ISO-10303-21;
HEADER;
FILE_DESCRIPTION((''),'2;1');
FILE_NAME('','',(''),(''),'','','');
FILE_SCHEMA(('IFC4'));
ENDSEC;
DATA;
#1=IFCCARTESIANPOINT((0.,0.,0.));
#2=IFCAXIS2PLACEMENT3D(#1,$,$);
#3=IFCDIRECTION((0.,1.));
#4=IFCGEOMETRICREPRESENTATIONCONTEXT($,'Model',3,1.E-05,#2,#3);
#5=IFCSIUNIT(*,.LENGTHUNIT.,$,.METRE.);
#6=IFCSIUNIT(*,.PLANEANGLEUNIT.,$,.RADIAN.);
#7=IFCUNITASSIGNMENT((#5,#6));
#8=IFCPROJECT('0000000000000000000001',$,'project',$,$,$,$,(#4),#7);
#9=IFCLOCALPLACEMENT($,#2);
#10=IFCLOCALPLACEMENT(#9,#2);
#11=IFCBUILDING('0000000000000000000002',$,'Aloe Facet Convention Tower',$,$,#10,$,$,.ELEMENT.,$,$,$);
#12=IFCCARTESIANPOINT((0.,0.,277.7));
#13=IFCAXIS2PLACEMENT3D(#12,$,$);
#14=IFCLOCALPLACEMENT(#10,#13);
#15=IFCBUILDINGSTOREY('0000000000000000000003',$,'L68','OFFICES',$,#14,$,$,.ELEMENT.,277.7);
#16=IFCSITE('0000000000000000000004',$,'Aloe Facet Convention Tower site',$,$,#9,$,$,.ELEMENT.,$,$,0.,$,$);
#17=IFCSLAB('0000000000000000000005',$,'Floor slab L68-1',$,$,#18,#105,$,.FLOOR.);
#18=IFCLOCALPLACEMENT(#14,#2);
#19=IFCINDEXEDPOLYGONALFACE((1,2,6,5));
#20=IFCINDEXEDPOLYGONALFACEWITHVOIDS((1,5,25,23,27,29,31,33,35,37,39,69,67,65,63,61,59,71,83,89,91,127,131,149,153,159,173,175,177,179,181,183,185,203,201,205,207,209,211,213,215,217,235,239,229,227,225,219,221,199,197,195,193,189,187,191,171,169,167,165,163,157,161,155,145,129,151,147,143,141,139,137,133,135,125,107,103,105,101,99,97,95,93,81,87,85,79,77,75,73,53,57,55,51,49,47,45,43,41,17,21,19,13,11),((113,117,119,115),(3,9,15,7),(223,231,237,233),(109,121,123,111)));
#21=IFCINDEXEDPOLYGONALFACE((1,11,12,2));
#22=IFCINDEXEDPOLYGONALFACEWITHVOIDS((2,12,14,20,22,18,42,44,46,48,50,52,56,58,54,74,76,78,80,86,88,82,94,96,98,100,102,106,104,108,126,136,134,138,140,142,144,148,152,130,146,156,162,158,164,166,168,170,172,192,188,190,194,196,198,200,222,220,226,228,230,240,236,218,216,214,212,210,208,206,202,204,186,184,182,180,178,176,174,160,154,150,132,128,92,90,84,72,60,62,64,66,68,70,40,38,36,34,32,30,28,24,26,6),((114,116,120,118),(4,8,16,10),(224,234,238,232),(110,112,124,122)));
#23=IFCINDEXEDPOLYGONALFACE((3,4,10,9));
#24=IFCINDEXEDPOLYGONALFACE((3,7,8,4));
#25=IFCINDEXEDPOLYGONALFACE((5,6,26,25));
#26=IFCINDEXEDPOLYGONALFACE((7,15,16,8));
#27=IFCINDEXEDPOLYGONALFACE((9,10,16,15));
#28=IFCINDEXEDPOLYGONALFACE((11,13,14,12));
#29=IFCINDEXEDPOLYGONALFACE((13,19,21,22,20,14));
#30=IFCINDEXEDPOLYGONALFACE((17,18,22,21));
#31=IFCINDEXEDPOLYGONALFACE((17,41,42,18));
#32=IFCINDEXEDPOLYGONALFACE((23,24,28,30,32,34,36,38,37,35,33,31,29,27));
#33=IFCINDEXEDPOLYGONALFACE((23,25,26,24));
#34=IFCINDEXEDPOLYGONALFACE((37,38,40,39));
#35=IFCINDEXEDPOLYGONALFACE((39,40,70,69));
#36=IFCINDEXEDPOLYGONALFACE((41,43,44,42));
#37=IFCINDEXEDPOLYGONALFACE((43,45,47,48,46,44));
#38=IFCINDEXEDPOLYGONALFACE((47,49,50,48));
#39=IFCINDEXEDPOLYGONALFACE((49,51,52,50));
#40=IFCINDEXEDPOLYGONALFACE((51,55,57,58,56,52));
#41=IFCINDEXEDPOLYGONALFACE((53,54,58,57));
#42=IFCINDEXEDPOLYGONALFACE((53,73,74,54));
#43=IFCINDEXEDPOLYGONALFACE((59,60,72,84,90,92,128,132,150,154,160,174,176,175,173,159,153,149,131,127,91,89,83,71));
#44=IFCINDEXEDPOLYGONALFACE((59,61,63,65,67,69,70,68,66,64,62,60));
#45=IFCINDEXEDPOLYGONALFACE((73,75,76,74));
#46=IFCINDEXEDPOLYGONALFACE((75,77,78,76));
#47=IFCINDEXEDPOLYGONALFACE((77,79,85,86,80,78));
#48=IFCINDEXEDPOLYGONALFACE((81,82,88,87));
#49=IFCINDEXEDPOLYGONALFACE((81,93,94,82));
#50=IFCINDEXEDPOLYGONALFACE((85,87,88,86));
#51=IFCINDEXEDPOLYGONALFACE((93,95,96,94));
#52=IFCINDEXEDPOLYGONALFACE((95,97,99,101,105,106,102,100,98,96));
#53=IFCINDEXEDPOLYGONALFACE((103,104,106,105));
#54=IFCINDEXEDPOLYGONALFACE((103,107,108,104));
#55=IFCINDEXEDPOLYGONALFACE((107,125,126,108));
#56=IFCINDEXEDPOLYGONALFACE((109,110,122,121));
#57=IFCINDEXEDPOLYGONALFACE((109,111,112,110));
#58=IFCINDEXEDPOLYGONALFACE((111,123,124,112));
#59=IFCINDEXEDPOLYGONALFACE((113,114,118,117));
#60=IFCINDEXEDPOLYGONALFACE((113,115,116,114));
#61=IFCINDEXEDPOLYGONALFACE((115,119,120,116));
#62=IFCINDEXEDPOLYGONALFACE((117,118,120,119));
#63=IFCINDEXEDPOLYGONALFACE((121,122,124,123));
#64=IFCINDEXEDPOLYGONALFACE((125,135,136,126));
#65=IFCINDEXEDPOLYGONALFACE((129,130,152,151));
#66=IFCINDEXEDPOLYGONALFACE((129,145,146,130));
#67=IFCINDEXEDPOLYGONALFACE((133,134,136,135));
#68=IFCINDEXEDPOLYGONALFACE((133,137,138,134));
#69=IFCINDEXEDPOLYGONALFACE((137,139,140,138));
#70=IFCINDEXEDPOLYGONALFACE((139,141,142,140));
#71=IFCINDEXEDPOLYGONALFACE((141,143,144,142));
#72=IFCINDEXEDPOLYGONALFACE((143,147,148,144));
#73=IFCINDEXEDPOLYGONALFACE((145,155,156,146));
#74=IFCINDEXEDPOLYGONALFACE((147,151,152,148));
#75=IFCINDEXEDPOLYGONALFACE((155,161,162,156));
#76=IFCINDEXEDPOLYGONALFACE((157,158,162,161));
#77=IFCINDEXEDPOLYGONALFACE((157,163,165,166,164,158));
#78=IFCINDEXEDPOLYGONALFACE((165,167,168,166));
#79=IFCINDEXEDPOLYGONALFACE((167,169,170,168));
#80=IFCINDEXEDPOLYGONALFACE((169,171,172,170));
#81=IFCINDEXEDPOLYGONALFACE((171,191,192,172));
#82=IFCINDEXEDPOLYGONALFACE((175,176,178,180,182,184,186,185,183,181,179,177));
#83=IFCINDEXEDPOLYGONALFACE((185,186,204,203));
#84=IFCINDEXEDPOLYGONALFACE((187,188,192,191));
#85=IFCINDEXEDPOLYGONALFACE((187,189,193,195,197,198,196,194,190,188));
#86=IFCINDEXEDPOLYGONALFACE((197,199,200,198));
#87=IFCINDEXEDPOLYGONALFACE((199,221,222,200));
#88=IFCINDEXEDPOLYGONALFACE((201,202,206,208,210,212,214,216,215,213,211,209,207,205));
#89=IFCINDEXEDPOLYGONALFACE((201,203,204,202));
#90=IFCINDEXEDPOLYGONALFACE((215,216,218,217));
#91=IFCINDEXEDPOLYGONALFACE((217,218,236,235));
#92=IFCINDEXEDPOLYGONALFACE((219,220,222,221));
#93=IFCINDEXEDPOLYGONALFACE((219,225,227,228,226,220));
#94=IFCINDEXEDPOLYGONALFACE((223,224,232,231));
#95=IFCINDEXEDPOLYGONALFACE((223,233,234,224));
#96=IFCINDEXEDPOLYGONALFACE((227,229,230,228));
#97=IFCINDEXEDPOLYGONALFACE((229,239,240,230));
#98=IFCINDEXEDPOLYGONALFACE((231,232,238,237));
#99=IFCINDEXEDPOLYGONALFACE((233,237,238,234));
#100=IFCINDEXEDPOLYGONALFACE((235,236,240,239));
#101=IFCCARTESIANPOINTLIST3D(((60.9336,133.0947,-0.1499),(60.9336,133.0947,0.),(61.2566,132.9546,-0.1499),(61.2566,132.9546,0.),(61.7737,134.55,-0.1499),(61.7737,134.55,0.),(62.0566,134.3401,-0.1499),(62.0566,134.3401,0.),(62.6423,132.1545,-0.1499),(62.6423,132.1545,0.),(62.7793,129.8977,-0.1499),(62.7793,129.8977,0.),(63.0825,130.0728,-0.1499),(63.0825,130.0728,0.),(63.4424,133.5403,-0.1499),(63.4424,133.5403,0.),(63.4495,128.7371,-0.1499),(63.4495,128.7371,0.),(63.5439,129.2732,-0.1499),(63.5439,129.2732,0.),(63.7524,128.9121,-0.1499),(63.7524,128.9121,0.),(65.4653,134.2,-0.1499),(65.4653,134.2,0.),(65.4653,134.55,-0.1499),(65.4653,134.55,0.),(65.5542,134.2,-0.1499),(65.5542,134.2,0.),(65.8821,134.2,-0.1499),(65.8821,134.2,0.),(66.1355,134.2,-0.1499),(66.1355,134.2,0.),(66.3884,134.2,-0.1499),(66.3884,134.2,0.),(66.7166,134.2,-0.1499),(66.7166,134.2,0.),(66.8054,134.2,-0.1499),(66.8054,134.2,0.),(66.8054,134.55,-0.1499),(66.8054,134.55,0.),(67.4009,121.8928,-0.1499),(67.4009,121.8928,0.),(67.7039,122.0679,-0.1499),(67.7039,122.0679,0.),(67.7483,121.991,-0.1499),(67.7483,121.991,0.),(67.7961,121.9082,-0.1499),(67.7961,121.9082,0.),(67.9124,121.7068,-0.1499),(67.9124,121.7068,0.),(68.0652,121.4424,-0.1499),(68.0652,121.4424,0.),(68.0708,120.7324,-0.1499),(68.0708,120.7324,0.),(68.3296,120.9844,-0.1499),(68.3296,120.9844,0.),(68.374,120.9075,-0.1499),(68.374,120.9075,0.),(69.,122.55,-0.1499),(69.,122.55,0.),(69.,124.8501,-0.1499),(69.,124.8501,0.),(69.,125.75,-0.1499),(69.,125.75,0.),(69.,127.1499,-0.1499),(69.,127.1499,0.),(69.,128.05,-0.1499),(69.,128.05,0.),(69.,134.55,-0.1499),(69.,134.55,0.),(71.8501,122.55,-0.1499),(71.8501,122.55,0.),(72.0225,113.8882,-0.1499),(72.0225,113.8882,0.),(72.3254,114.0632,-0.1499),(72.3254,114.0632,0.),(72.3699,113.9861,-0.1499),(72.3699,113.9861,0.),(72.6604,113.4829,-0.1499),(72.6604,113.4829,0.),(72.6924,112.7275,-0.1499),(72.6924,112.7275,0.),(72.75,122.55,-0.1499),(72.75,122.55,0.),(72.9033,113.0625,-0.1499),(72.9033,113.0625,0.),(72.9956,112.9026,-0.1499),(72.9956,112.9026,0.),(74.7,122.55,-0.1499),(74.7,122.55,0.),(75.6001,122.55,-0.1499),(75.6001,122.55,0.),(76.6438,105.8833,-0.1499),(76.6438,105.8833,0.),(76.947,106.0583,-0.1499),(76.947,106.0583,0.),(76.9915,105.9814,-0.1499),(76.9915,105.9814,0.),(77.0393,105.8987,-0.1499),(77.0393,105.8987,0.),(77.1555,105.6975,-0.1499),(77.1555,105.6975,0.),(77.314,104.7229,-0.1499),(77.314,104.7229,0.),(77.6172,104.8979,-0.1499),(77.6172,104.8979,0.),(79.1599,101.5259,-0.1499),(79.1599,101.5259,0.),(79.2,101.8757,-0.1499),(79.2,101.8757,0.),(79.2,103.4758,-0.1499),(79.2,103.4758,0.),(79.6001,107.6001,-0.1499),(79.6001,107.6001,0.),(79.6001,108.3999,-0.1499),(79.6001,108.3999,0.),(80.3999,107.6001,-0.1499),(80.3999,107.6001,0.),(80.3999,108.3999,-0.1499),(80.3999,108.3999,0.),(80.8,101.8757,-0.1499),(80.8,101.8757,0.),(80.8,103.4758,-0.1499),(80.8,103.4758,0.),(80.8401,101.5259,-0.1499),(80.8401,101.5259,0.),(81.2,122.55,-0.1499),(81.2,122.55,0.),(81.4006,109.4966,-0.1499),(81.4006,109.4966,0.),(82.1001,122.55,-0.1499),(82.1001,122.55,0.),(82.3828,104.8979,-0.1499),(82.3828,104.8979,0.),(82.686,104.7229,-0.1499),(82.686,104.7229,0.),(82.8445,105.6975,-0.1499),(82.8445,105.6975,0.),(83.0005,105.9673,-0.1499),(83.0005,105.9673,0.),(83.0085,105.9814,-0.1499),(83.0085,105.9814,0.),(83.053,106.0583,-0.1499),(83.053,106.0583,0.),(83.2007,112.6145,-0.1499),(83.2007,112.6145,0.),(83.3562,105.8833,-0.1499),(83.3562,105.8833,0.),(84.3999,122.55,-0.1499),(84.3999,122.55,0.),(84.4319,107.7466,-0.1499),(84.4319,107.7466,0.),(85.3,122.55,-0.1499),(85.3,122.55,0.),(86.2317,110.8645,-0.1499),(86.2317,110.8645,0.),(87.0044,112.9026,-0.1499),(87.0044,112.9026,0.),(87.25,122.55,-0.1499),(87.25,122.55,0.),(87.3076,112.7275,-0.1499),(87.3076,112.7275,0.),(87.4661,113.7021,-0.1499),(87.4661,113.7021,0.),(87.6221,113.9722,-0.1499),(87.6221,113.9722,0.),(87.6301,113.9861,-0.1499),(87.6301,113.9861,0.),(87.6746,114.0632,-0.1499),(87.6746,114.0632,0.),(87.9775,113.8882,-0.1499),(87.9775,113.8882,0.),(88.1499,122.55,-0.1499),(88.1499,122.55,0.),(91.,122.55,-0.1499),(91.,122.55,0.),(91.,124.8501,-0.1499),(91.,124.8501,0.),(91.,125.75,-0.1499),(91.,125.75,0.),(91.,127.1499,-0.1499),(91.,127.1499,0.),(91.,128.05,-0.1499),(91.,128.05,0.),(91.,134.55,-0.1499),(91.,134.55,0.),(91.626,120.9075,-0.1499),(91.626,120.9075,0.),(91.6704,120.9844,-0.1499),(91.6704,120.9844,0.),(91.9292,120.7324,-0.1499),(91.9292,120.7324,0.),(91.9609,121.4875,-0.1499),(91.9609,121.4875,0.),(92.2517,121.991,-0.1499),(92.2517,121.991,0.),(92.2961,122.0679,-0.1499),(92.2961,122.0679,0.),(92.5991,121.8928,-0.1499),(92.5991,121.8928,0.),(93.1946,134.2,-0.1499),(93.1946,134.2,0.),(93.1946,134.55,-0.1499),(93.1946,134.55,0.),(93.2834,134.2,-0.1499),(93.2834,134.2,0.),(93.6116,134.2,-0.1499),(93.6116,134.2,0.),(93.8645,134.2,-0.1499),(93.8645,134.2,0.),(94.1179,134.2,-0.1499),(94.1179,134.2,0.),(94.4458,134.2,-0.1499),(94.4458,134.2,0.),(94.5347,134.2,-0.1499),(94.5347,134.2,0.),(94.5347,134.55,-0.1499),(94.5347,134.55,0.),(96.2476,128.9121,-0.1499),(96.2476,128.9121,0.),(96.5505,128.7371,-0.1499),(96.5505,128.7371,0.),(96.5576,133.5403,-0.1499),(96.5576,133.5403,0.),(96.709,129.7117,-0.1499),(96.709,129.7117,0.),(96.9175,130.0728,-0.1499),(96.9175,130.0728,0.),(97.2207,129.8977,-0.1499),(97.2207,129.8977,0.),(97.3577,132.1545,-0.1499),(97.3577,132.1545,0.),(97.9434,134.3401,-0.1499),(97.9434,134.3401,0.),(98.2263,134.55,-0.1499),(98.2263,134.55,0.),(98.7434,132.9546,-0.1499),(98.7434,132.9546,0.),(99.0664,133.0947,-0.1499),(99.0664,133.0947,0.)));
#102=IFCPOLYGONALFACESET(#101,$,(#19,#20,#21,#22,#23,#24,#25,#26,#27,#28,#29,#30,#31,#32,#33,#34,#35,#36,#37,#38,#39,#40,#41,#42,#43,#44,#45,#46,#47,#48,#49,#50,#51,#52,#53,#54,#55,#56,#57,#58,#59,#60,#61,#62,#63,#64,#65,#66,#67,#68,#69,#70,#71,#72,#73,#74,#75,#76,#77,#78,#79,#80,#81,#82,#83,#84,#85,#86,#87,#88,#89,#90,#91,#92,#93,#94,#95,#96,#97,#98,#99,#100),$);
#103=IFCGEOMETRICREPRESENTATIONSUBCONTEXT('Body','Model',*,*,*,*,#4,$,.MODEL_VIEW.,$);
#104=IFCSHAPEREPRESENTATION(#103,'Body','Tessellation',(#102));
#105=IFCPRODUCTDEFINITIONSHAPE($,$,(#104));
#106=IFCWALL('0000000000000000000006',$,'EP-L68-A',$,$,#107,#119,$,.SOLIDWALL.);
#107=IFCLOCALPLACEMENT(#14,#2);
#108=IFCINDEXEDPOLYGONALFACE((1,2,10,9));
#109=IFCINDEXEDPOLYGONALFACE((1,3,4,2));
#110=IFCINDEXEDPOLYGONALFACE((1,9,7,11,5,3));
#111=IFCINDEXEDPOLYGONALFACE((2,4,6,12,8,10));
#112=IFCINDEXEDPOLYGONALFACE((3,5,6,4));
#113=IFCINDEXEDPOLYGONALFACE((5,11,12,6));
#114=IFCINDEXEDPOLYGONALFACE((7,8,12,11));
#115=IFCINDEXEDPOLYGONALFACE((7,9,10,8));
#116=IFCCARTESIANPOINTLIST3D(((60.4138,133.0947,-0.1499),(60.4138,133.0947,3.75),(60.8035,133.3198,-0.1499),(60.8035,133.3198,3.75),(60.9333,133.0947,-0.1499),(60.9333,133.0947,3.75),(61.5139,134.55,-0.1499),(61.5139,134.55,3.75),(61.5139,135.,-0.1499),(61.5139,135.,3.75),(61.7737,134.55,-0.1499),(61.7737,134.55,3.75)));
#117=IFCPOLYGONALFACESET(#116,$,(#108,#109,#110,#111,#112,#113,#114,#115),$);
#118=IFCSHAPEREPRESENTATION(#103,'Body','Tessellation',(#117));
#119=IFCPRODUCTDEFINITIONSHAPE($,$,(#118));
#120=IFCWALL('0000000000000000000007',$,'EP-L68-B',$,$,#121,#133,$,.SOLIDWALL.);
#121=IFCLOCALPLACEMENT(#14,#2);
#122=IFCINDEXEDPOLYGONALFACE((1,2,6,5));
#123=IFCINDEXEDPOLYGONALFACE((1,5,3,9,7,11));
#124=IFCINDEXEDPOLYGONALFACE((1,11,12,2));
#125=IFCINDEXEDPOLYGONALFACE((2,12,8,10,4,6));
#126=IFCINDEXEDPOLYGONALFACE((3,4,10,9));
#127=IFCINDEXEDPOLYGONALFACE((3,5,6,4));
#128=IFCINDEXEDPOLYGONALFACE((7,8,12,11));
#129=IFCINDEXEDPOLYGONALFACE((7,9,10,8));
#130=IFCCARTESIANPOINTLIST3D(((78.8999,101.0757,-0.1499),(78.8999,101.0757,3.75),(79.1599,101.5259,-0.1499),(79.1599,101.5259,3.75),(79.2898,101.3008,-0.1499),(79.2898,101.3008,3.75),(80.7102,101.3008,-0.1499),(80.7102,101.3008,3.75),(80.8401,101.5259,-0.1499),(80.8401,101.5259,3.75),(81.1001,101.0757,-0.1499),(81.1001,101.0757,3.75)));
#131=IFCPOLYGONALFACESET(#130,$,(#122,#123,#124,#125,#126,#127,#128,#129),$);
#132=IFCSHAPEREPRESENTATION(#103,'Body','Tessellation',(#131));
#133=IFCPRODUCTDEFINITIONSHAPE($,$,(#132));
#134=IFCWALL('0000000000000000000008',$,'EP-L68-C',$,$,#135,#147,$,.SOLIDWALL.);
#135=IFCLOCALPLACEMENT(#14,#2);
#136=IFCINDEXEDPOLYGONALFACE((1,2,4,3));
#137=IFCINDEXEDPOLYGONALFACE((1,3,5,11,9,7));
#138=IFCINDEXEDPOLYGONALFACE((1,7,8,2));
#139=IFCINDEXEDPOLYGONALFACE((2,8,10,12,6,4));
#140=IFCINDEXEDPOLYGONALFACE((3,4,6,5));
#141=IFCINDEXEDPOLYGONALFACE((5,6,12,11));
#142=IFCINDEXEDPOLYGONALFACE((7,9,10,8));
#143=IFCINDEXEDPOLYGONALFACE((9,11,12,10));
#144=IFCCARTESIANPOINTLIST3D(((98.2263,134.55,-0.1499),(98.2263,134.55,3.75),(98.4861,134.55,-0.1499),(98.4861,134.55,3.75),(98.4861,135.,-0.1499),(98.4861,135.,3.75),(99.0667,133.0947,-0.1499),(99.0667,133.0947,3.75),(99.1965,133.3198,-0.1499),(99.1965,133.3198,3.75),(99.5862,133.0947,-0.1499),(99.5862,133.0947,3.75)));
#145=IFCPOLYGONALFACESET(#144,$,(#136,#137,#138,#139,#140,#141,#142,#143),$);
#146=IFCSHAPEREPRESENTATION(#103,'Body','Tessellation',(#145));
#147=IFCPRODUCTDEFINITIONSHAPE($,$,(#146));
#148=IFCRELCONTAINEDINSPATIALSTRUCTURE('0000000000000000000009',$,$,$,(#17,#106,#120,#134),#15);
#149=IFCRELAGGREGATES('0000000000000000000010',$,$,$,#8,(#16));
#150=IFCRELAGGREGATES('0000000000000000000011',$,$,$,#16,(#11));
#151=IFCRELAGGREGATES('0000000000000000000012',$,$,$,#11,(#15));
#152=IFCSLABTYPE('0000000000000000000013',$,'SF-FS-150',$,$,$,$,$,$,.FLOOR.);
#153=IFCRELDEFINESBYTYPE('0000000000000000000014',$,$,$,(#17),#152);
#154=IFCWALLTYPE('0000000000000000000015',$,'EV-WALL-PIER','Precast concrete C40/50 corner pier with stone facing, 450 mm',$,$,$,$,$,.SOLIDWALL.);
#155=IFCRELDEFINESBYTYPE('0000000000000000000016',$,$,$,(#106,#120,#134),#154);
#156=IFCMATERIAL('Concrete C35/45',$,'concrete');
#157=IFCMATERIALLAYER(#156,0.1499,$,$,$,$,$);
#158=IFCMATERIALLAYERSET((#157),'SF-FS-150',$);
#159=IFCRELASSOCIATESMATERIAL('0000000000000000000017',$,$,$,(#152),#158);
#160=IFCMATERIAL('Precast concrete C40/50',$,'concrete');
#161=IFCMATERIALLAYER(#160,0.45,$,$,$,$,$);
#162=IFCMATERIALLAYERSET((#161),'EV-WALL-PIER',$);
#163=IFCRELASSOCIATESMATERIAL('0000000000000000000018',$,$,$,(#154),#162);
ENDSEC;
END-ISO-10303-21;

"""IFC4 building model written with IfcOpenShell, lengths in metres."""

from ifc_helpers import new_model, si_unit, direction, frame, origin, place, context, subcontext, project, spatial, polyline, outline, extrude, material, layer, layer_set, type_object, element, save


model = new_model("IFC4")

# Units and contexts
model_context = context("Model", 3, precision=1e-05, world=origin(), true_north=direction((0.0, 1.0)))
body_context = subcontext(model_context, "Body", "Model", "MODEL_VIEW")
ifc_project = project(units=[si_unit("LENGTHUNIT", "METRE"), si_unit("PLANEANGLEUNIT", "RADIAN")], contexts=[model_context])

# Site, building, storey
site_placement = place(None, origin())
site = spatial("IfcSite", under=ifc_project, at=site_placement, Name="Aloe Facet Convention Tower site", CompositionType="ELEMENT", RefElevation=0.0)
building_placement = place(site_placement, origin())
building = spatial("IfcBuilding", under=site, at=building_placement, Name="Aloe Facet Convention Tower", CompositionType="ELEMENT")
storey_placement = place(building_placement, frame((0.0, 0.0, 277.7)))
storey = spatial("IfcBuildingStorey", under=building, at=storey_placement, Name="L68", Description="OFFICES", CompositionType="ELEMENT", Elevation=277.7)

# Slab
ifc_material_1 = material(Name="Concrete C35/45", Category="concrete")
ifc_layer_1 = layer(ifc_material_1, 0.1499)
ifc_layer_set_1 = layer_set([ifc_layer_1], Name="SF-FS-150")
slab_type_1 = type_object("IfcSlabType", Name="SF-FS-150", PredefinedType="FLOOR", material=ifc_layer_set_1)
slab_1_placement = place(storey_placement, frame((0.0, 0.0, -0.1499)))
element("IfcSlab", 1, at=slab_1_placement, inside=storey, type_object=slab_type_1, Name="Floor slab L68-1", PredefinedType="FLOOR", context=body_context, shape_type="SweptSolid", body=[
    extrude(outline(polyline([(83.3562, 105.8833), (83.053, 106.0583), (83.0085, 105.9814), (83.0005, 105.9673), (82.8445, 105.6975), (82.3828, 104.8979), (82.686, 104.7229), (80.8401, 101.5259), (79.1599, 101.5259), (77.314, 104.7229), (77.6172, 104.8979), (77.1555, 105.6975), (77.0393, 105.8987), (76.9915, 105.9814), (76.947, 106.0583), (76.6438, 105.8833), (72.6924, 112.7275), (72.9956, 112.9026), (72.9033, 113.0625), (72.6604, 113.4829), (72.3699, 113.9861), (72.3254, 114.0632), (72.0225, 113.8882), (68.0708, 120.7324), (68.374, 120.9075), (68.3296, 120.9844), (68.3296, 120.9844), (68.0652, 121.4424), (67.9124, 121.7068), (67.7961, 121.9082), (67.7483, 121.991), (67.7039, 122.0679), (67.4009, 121.8928), (63.4495, 128.7371), (63.7524, 128.9121), (63.5439, 129.2732), (63.0825, 130.0728), (62.7793, 129.8977), (60.9336, 133.0947), (61.7737, 134.55), (65.4653, 134.55), (65.4653, 134.2), (65.5542, 134.2), (65.8821, 134.2), (66.1355, 134.2), (66.3884, 134.2), (66.7166, 134.2), (66.8054, 134.2), (66.8054, 134.55), (69.0, 134.55), (69.0, 128.05), (69.0, 127.1499), (69.0, 125.75), (69.0, 124.8501), (69.0, 122.55), (71.8501, 122.55), (72.75, 122.55), (74.7, 122.55), (75.6001, 122.55), (81.2, 122.55), (82.1001, 122.55), (84.3999, 122.55), (85.3, 122.55), (87.25, 122.55), (88.1499, 122.55), (91.0, 122.55), (91.0, 124.8501), (91.0, 125.75), (91.0, 127.1499), (91.0, 128.05), (91.0, 134.55), (93.1946, 134.55), (93.1946, 134.2), (93.2834, 134.2), (93.6116, 134.2), (93.8645, 134.2), (94.1179, 134.2), (94.4458, 134.2), (94.5347, 134.2), (94.5347, 134.55), (98.2263, 134.55), (99.0664, 133.0947), (97.2207, 129.8977), (96.9175, 130.0728), (96.709, 129.7117), (96.709, 129.7117), (96.2476, 128.9121), (96.5505, 128.7371), (92.5991, 121.8928), (92.2961, 122.0679), (92.2517, 121.991), (91.9609, 121.4875), (91.6704, 120.9844), (91.626, 120.9075), (91.9292, 120.7324), (87.9775, 113.8882), (87.6746, 114.0632), (87.6301, 113.9861), (87.6221, 113.9722), (87.4661, 113.7021), (87.0044, 112.9026), (87.3076, 112.7275), (86.2317, 110.8645), (83.2007, 112.6145), (81.4006, 109.4966), (84.4319, 107.7466), (83.3562, 105.8833)]), holes=[polyline([(63.4424, 133.5403), (62.0566, 134.3401), (61.2566, 132.9546), (62.6423, 132.1545), (63.4424, 133.5403)]), polyline([(79.2, 103.4758), (79.2, 101.8757), (80.8, 101.8757), (80.8, 103.4758), (79.2, 103.4758)]), polyline([(79.6001, 107.6001), (80.3999, 107.6001), (80.3999, 108.3999), (79.6001, 108.3999), (79.6001, 107.6001)]), polyline([(97.3577, 132.1545), (98.7434, 132.9546), (97.9434, 134.3401), (96.5576, 133.5403), (97.3577, 132.1545)])]), origin(), (0.0, 0.0, 1.0), 0.1499),
])

# Walls
ifc_material_2 = material(Name="Precast concrete C40/50", Category="concrete")
ifc_layer_2 = layer(ifc_material_2, 0.45)
ifc_layer_set_2 = layer_set([ifc_layer_2], Name="EV-WALL-PIER")
wall_type_1 = type_object("IfcWallType", Name="EV-WALL-PIER", Description="Precast concrete C40/50 corner pier with stone facing, 450 mm", PredefinedType="SOLIDWALL", material=ifc_layer_set_2)
wall_1_placement = place(storey_placement, frame((0.0, 0.0, -0.1499)))
element("IfcWall", 2, at=wall_1_placement, inside=storey, type_object=wall_type_1, Name="EP-L68-A", PredefinedType="SOLIDWALL", context=body_context, shape_type="SweptSolid", body=[
    extrude(outline(polyline([(61.5139, 135.0), (61.5139, 134.55), (61.7737, 134.55), (60.9333, 133.0947), (60.8035, 133.3198), (60.4138, 133.0947), (61.5139, 135.0)])), origin(), (0.0, 0.0, 1.0), 3.8999),
])
wall_2_placement = place(storey_placement, frame((0.0, 0.0, -0.1499)))
element("IfcWall", 3, at=wall_2_placement, inside=storey, type_object=wall_type_1, Name="EP-L68-B", PredefinedType="SOLIDWALL", context=body_context, shape_type="SweptSolid", body=[
    extrude(outline(polyline([(78.8999, 101.0757), (79.2898, 101.3008), (79.1599, 101.5259), (80.8401, 101.5259), (80.7102, 101.3008), (81.1001, 101.0757), (78.8999, 101.0757)])), origin(), (0.0, 0.0, 1.0), 3.8999),
])
wall_3_placement = place(storey_placement, frame((0.0, 0.0, -0.1499)))
element("IfcWall", 4, at=wall_3_placement, inside=storey, type_object=wall_type_1, Name="EP-L68-C", PredefinedType="SOLIDWALL", context=body_context, shape_type="SweptSolid", body=[
    extrude(outline(polyline([(99.5862, 133.0947), (99.1965, 133.3198), (99.0667, 133.0947), (98.2263, 134.55), (98.4861, 134.55), (98.4861, 135.0), (99.5862, 133.0947)])), origin(), (0.0, 0.0, 1.0), 3.8999),
])

save(model, "model.ifc")
